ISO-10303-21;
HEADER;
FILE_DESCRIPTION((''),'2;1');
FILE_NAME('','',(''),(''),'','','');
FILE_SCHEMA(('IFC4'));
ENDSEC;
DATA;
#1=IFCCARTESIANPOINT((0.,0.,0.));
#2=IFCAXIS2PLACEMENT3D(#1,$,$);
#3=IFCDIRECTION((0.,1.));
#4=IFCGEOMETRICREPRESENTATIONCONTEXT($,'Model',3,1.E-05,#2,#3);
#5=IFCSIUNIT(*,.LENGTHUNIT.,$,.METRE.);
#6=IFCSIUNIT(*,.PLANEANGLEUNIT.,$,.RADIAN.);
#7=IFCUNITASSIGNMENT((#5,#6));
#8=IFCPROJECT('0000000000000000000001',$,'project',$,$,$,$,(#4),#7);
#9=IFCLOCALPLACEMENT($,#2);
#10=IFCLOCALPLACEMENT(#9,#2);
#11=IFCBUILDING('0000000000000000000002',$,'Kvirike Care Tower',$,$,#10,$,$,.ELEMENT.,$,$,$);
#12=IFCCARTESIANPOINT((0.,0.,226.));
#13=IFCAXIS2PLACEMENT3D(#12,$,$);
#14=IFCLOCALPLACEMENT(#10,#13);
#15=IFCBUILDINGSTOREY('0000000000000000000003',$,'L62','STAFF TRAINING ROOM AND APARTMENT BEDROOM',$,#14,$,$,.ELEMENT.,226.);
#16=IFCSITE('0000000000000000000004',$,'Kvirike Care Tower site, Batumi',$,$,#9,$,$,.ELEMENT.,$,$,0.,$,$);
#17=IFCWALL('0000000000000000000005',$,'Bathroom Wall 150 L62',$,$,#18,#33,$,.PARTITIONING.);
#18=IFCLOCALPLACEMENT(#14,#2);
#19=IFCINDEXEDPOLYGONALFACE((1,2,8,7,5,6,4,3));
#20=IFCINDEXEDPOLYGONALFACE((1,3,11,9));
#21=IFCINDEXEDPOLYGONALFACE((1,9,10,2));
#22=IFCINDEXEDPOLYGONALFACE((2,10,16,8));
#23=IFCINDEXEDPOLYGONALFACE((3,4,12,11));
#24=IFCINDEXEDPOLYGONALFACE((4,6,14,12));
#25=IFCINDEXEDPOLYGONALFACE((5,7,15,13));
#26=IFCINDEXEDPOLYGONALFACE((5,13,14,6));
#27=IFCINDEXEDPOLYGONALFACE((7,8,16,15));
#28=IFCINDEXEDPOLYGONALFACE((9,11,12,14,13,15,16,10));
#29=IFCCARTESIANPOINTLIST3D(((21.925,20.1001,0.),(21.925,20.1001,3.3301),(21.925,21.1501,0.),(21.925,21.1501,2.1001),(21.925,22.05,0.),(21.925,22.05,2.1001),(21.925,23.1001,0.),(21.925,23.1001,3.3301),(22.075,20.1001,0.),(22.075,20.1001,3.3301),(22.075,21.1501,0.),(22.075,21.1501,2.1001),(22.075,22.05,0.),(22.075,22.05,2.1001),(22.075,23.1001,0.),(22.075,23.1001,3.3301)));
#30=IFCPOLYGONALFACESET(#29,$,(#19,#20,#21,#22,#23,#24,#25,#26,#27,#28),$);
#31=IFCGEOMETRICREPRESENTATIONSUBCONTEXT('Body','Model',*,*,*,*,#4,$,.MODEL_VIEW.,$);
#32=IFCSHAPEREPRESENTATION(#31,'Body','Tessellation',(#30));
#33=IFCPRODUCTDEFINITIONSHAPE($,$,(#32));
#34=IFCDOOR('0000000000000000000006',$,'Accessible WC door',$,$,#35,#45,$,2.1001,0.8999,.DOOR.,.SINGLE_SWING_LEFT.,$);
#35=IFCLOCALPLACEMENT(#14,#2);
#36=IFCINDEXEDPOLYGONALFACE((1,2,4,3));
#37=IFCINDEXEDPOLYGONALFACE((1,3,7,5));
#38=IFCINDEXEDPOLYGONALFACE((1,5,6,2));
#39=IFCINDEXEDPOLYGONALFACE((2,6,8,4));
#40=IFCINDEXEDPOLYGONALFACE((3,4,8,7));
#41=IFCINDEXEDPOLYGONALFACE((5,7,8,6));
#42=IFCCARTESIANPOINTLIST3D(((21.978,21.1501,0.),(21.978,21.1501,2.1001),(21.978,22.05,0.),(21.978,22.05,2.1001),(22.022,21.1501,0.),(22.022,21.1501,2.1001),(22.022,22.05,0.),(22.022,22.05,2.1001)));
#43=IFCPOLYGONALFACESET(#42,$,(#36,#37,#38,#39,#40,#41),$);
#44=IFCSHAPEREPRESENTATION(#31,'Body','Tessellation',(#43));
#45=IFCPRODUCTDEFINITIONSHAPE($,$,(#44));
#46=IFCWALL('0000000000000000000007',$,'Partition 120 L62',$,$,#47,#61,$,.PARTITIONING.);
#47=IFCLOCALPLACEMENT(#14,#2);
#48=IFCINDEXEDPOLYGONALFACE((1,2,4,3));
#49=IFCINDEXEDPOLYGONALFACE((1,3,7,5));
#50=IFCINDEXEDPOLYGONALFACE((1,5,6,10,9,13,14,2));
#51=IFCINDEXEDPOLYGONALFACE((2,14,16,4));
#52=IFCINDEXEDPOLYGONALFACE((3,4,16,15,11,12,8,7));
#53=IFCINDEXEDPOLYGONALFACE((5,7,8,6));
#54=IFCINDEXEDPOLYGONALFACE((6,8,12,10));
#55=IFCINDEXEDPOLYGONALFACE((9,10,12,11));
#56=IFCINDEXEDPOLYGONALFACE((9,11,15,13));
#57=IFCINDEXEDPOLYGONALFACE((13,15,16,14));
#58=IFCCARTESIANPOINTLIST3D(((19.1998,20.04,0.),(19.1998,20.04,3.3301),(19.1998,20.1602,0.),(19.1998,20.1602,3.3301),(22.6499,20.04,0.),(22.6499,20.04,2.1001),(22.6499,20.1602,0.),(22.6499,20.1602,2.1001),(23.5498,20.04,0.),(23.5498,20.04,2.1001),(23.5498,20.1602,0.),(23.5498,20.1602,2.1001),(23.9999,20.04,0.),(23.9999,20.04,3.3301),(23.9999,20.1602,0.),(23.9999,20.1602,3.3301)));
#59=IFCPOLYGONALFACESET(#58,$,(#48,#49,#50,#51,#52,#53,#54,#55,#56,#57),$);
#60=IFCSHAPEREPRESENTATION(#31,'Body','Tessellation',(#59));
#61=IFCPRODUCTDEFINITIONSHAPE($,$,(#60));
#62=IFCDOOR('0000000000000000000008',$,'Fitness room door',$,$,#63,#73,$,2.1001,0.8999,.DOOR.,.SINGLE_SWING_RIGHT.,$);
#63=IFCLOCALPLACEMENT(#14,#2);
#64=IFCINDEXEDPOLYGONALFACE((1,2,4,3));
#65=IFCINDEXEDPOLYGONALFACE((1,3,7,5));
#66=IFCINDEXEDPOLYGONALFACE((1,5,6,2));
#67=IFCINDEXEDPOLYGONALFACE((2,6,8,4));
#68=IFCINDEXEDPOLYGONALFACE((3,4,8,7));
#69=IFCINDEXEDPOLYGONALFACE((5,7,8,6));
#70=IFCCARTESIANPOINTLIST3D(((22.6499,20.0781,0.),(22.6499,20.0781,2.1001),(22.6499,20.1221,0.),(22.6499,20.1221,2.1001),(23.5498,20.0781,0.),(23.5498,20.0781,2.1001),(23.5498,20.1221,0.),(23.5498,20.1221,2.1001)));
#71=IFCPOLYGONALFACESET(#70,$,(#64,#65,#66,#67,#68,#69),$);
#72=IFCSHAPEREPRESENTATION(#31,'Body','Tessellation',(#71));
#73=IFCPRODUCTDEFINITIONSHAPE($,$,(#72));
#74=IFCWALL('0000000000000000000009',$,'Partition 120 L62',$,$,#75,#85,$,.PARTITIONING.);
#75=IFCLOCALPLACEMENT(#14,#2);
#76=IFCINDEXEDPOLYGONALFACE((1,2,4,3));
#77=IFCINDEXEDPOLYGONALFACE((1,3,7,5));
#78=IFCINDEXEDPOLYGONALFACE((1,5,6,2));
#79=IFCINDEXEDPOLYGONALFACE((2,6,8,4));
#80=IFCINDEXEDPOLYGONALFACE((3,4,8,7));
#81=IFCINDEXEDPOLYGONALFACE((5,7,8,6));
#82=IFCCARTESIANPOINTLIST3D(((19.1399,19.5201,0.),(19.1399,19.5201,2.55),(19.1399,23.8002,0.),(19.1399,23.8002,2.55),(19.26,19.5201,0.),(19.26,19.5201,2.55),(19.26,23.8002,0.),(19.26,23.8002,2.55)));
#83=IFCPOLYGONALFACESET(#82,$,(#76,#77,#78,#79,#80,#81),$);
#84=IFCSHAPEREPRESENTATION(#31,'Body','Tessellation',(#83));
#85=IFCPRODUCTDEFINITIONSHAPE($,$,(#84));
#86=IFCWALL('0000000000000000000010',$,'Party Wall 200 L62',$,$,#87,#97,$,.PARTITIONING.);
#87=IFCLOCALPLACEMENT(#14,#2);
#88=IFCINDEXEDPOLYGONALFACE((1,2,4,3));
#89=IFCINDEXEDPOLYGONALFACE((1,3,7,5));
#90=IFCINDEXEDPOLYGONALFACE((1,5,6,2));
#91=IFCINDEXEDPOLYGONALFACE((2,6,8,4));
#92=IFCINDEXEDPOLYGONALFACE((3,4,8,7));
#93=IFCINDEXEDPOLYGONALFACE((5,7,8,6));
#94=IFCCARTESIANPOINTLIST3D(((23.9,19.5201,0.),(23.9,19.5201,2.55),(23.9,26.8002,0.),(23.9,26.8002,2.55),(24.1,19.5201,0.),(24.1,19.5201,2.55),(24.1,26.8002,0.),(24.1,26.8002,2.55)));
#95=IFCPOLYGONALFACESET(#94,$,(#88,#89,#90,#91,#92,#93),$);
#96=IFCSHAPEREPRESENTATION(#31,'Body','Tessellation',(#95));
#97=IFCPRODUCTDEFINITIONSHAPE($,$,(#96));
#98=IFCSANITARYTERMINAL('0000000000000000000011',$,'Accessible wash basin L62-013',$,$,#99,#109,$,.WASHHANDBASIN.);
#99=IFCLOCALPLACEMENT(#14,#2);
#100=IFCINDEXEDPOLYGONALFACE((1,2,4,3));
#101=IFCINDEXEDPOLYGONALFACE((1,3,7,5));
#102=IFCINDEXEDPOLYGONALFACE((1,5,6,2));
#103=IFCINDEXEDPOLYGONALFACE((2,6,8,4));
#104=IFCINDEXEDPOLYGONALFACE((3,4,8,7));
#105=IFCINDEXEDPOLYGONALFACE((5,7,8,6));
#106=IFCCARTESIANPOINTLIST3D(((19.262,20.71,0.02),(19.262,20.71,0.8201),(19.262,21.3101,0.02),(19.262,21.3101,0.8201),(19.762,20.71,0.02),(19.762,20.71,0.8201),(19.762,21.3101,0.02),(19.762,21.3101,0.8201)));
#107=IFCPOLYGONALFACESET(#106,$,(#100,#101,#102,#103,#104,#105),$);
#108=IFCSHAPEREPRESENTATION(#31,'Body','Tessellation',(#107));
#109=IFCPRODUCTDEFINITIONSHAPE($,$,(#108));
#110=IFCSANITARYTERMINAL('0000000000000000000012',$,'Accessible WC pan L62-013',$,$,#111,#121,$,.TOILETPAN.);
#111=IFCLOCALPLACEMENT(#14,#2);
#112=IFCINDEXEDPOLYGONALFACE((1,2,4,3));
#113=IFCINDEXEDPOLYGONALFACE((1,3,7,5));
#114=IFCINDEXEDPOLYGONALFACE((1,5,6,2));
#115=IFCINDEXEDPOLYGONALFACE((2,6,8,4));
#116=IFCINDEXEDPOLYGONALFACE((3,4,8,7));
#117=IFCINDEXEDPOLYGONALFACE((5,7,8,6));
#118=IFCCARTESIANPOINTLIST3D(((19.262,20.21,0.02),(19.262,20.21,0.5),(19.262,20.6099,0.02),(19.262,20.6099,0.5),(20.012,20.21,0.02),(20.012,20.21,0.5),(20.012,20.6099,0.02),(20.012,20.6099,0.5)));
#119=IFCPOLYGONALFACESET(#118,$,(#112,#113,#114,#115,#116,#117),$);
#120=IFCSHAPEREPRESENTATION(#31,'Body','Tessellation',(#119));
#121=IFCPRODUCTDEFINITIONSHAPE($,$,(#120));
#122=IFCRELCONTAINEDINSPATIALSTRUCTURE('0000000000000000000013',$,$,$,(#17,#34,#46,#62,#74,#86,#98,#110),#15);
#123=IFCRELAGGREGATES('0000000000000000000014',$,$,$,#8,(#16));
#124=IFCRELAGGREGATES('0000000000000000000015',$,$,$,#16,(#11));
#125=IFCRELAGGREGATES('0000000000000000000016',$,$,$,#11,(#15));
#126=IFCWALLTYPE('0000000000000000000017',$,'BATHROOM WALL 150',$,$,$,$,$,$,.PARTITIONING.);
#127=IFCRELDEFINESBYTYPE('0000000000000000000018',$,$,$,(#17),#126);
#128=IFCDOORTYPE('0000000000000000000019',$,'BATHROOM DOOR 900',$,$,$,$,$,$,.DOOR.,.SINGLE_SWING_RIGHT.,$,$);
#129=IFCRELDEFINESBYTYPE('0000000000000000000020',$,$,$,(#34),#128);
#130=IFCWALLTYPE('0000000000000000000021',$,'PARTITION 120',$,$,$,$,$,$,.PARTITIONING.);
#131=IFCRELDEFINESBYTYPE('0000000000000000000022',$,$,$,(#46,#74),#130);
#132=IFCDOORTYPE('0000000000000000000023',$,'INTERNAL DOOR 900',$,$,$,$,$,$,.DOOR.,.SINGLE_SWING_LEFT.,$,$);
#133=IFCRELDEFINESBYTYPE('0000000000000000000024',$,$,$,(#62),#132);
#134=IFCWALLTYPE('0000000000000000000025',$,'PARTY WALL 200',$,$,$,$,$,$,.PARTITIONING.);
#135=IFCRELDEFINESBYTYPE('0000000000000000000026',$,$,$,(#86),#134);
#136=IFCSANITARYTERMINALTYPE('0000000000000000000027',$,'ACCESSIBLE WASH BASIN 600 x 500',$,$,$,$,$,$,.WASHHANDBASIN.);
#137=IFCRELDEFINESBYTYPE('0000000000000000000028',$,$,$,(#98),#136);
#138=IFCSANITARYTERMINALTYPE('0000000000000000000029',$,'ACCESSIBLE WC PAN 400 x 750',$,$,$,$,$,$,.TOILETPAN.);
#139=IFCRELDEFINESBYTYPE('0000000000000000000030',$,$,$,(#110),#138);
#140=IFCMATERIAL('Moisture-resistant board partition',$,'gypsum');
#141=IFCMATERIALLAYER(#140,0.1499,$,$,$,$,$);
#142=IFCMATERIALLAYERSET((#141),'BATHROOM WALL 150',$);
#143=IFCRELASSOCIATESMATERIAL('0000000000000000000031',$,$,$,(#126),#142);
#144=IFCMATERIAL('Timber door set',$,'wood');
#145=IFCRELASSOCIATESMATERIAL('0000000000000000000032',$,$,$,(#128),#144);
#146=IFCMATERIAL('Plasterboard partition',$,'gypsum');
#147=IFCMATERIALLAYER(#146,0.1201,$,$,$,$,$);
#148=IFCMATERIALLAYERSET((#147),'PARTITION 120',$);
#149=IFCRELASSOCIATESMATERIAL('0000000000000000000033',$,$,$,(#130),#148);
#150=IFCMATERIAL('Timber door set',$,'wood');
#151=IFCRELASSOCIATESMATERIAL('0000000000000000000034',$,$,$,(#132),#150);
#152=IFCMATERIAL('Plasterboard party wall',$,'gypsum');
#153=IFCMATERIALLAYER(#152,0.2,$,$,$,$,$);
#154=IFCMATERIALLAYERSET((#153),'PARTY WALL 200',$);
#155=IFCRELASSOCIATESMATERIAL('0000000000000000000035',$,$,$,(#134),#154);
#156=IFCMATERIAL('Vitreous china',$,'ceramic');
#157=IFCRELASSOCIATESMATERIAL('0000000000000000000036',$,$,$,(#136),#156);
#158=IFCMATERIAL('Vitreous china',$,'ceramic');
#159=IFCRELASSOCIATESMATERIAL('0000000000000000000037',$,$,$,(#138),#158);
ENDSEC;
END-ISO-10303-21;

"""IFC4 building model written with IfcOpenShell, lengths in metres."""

from ifc_helpers import new_model, si_unit, direction, frame, frame_2d, origin, origin_2d, place, context, subcontext, project, spatial, rectangle, extrude, material, layer, layer_set, type_object, element, fill, save


model = new_model("IFC4")

# Units and contexts
model_context = context("Model", 3, precision=1e-05, world=origin(), true_north=direction((0.0, 1.0)))
body_context = subcontext(model_context, "Body", "Model", "MODEL_VIEW")
ifc_project = project(units=[si_unit("LENGTHUNIT", "METRE"), si_unit("PLANEANGLEUNIT", "RADIAN")], contexts=[model_context])

# Site, building, storey
site_placement = place(None, origin())
site = spatial("IfcSite", under=ifc_project, at=site_placement, Name="Kvirike Care Tower site, Batumi", CompositionType="ELEMENT", RefElevation=0.0)
building_placement = place(site_placement, origin())
building = spatial("IfcBuilding", under=site, at=building_placement, Name="Kvirike Care Tower", CompositionType="ELEMENT")
storey_placement = place(building_placement, frame((0.0, 0.0, 226.0)))
storey = spatial("IfcBuildingStorey", under=building, at=storey_placement, Name="L62", Description="STAFF TRAINING ROOM AND APARTMENT BEDROOM", CompositionType="ELEMENT", Elevation=226.0)

# Walls, openings, doors
ifc_material_1 = material(Name="Moisture-resistant board partition", Category="gypsum")
ifc_layer_1 = layer(ifc_material_1, 0.1499)
ifc_layer_set_1 = layer_set([ifc_layer_1], Name="BATHROOM WALL 150")
wall_type_1 = type_object("IfcWallType", Name="BATHROOM WALL 150", PredefinedType="PARTITIONING", material=ifc_layer_set_1)
wall_1_placement = place(storey_placement, frame((22.0, 20.1001, 0.0), z_axis=(0.0, 0.0, 1.0), x_axis=(0.0, 1.0, 0.0)))
wall_1 = element("IfcWall", 1, at=wall_1_placement, inside=storey, type_object=wall_type_1, Name="Bathroom Wall 150 L62", PredefinedType="PARTITIONING", context=body_context, shape_type="SweptSolid", body=[
    extrude(rectangle(XDim=3.0, YDim=0.1499, at=frame_2d((1.5, 0.0))), origin(), (0.0, 0.0, 1.0), 3.3301),
])
opening_1_placement = place(wall_1_placement, frame((1.05, 0.0, 0.0)))
opening_1 = element("IfcOpeningElement", 2, at=opening_1_placement, cuts=wall_1, PredefinedType="OPENING", context=body_context, shape_type="SweptSolid", body=[
    extrude(rectangle(XDim=0.8999, YDim=2.1001, at=frame_2d((0.45, 1.05))), frame((0.0, 0.0854, 0.0), z_axis=(0.0, -1.0, 0.0), x_axis=(1.0, 0.0, 0.0)), (0.0, 0.0, 1.0), 0.1709),
])
ifc_material_2 = material(Name="Timber door set", Category="wood")
door_type_1 = type_object("IfcDoorType", Name="BATHROOM DOOR 900", OperationType="SINGLE_SWING_RIGHT", PredefinedType="DOOR", material=ifc_material_2)
door_1_placement = place(opening_1_placement, origin())
door_1 = element("IfcDoor", 3, at=door_1_placement, inside=storey, type_object=door_type_1, Name="Accessible WC door", OperationType="SINGLE_SWING_LEFT", OverallHeight=2.1001, OverallWidth=0.8999, PredefinedType="DOOR", context=body_context, shape_type="SweptSolid", body=[
    extrude(rectangle(XDim=0.8999, YDim=2.1001, at=frame_2d((0.45, 1.05))), frame((0.0, 0.022, 0.0), z_axis=(0.0, -1.0, 0.0), x_axis=(1.0, 0.0, 0.0)), (0.0, 0.0, 1.0), 0.0439),
])
fill(opening_1, door_1)
ifc_material_3 = material(Name="Plasterboard partition", Category="gypsum")
ifc_layer_2 = layer(ifc_material_3, 0.1201)
ifc_layer_set_2 = layer_set([ifc_layer_2], Name="PARTITION 120")
wall_type_2 = type_object("IfcWallType", Name="PARTITION 120", PredefinedType="PARTITIONING", material=ifc_layer_set_2)
wall_2_placement = place(storey_placement, frame((19.2, 20.1001, 0.0), z_axis=(0.0, 0.0, 1.0), x_axis=(1.0, 0.0, 0.0)))
wall_2 = element("IfcWall", 4, at=wall_2_placement, inside=storey, type_object=wall_type_2, Name="Partition 120 L62", PredefinedType="PARTITIONING", context=body_context, shape_type="SweptSolid", body=[
    extrude(rectangle(XDim=4.8, YDim=0.1201, at=frame_2d((2.3999, 0.0))), origin(), (0.0, 0.0, 1.0), 3.3301),
])
opening_2_placement = place(wall_2_placement, frame((3.45, 0.0, 0.0)))
opening_2 = element("IfcOpeningElement", 5, at=opening_2_placement, cuts=wall_2, PredefinedType="OPENING", context=body_context, shape_type="SweptSolid", body=[
    extrude(rectangle(XDim=0.8999, YDim=2.1001, at=frame_2d((0.45, 1.05))), frame((0.0, 0.0706, 0.0), z_axis=(0.0, -1.0, 0.0), x_axis=(1.0, 0.0, 0.0)), (0.0, 0.0, 1.0), 0.1411),
])
ifc_material_4 = material(Name="Timber door set", Category="wood")
door_type_2 = type_object("IfcDoorType", Name="INTERNAL DOOR 900", OperationType="SINGLE_SWING_LEFT", PredefinedType="DOOR", material=ifc_material_4)
door_2_placement = place(opening_2_placement, frame((0.8999, 0.0, 0.0), z_axis=(0.0, 0.0, 1.0), x_axis=(-1.0, 0.0, 0.0)))
door_2 = element("IfcDoor", 6, at=door_2_placement, inside=storey, type_object=door_type_2, Name="Fitness room door", OperationType="SINGLE_SWING_RIGHT", OverallHeight=2.1001, OverallWidth=0.8999, PredefinedType="DOOR", context=body_context, shape_type="SweptSolid", body=[
    extrude(rectangle(XDim=0.8999, YDim=2.1001, at=frame_2d((0.45, 1.05))), frame((0.0, 0.022, 0.0), z_axis=(0.0, -1.0, 0.0), x_axis=(1.0, 0.0, 0.0)), (0.0, 0.0, 1.0), 0.0439),
])
fill(opening_2, door_2)

# Walls
wall_3_placement = place(storey_placement, frame((19.2, 19.52, 0.0), z_axis=(0.0, 0.0, 1.0), x_axis=(0.0, 1.0, 0.0)))
element("IfcWall", 7, at=wall_3_placement, inside=storey, type_object=wall_type_2, Name="Partition 120 L62", PredefinedType="PARTITIONING", context=body_context, shape_type="SweptSolid", body=[
    extrude(rectangle(XDim=4.28, YDim=0.1201, at=frame_2d((2.1401, 0.0))), origin(), (0.0, 0.0, 1.0), 2.55),
])
ifc_material_5 = material(Name="Plasterboard party wall", Category="gypsum")
ifc_layer_3 = layer(ifc_material_5, 0.2)
ifc_layer_set_3 = layer_set([ifc_layer_3], Name="PARTY WALL 200")
wall_type_3 = type_object("IfcWallType", Name="PARTY WALL 200", PredefinedType="PARTITIONING", material=ifc_layer_set_3)
wall_4_placement = place(storey_placement, frame((24.0, 19.52, 0.0), z_axis=(0.0, 0.0, 1.0), x_axis=(0.0, 1.0, 0.0)))
element("IfcWall", 8, at=wall_4_placement, inside=storey, type_object=wall_type_3, Name="Party Wall 200 L62", PredefinedType="PARTITIONING", context=body_context, shape_type="SweptSolid", body=[
    extrude(rectangle(XDim=7.28, YDim=0.2, at=frame_2d((3.6401, 0.0))), origin(), (0.0, 0.0, 1.0), 2.55),
])

# Sanitary terminals
ifc_material_6 = material(Name="Vitreous china", Category="ceramic")
sanitary_terminal_type_1 = type_object("IfcSanitaryTerminalType", Name="ACCESSIBLE WASH BASIN 600 x 500", PredefinedType="WASHHANDBASIN", material=ifc_material_6)
sanitary_terminal_1_placement = place(storey_placement, frame((19.512, 21.01, 0.02), z_axis=(0.0, 0.0, 1.0), x_axis=(0.0, 1.0, 0.0)))
element("IfcSanitaryTerminal", 9, at=sanitary_terminal_1_placement, inside=storey, type_object=sanitary_terminal_type_1, Name="Accessible wash basin L62-013", PredefinedType="WASHHANDBASIN", context=body_context, shape_type="SweptSolid", body=[
    extrude(rectangle(XDim=0.6001, YDim=0.5, at=origin_2d()), origin(), (0.0, 0.0, 1.0), 0.8),
])
ifc_material_7 = material(Name="Vitreous china", Category="ceramic")
sanitary_terminal_type_2 = type_object("IfcSanitaryTerminalType", Name="ACCESSIBLE WC PAN 400 x 750", PredefinedType="TOILETPAN", material=ifc_material_7)
sanitary_terminal_2_placement = place(storey_placement, frame((19.637, 20.4099, 0.02), z_axis=(0.0, 0.0, 1.0), x_axis=(0.0, 1.0, 0.0)))
element("IfcSanitaryTerminal", 10, at=sanitary_terminal_2_placement, inside=storey, type_object=sanitary_terminal_type_2, Name="Accessible WC pan L62-013", PredefinedType="TOILETPAN", context=body_context, shape_type="SweptSolid", body=[
    extrude(rectangle(XDim=0.3999, YDim=0.75, at=origin_2d()), origin(), (0.0, 0.0, 1.0), 0.48),
])

save(model, "model.ifc")
